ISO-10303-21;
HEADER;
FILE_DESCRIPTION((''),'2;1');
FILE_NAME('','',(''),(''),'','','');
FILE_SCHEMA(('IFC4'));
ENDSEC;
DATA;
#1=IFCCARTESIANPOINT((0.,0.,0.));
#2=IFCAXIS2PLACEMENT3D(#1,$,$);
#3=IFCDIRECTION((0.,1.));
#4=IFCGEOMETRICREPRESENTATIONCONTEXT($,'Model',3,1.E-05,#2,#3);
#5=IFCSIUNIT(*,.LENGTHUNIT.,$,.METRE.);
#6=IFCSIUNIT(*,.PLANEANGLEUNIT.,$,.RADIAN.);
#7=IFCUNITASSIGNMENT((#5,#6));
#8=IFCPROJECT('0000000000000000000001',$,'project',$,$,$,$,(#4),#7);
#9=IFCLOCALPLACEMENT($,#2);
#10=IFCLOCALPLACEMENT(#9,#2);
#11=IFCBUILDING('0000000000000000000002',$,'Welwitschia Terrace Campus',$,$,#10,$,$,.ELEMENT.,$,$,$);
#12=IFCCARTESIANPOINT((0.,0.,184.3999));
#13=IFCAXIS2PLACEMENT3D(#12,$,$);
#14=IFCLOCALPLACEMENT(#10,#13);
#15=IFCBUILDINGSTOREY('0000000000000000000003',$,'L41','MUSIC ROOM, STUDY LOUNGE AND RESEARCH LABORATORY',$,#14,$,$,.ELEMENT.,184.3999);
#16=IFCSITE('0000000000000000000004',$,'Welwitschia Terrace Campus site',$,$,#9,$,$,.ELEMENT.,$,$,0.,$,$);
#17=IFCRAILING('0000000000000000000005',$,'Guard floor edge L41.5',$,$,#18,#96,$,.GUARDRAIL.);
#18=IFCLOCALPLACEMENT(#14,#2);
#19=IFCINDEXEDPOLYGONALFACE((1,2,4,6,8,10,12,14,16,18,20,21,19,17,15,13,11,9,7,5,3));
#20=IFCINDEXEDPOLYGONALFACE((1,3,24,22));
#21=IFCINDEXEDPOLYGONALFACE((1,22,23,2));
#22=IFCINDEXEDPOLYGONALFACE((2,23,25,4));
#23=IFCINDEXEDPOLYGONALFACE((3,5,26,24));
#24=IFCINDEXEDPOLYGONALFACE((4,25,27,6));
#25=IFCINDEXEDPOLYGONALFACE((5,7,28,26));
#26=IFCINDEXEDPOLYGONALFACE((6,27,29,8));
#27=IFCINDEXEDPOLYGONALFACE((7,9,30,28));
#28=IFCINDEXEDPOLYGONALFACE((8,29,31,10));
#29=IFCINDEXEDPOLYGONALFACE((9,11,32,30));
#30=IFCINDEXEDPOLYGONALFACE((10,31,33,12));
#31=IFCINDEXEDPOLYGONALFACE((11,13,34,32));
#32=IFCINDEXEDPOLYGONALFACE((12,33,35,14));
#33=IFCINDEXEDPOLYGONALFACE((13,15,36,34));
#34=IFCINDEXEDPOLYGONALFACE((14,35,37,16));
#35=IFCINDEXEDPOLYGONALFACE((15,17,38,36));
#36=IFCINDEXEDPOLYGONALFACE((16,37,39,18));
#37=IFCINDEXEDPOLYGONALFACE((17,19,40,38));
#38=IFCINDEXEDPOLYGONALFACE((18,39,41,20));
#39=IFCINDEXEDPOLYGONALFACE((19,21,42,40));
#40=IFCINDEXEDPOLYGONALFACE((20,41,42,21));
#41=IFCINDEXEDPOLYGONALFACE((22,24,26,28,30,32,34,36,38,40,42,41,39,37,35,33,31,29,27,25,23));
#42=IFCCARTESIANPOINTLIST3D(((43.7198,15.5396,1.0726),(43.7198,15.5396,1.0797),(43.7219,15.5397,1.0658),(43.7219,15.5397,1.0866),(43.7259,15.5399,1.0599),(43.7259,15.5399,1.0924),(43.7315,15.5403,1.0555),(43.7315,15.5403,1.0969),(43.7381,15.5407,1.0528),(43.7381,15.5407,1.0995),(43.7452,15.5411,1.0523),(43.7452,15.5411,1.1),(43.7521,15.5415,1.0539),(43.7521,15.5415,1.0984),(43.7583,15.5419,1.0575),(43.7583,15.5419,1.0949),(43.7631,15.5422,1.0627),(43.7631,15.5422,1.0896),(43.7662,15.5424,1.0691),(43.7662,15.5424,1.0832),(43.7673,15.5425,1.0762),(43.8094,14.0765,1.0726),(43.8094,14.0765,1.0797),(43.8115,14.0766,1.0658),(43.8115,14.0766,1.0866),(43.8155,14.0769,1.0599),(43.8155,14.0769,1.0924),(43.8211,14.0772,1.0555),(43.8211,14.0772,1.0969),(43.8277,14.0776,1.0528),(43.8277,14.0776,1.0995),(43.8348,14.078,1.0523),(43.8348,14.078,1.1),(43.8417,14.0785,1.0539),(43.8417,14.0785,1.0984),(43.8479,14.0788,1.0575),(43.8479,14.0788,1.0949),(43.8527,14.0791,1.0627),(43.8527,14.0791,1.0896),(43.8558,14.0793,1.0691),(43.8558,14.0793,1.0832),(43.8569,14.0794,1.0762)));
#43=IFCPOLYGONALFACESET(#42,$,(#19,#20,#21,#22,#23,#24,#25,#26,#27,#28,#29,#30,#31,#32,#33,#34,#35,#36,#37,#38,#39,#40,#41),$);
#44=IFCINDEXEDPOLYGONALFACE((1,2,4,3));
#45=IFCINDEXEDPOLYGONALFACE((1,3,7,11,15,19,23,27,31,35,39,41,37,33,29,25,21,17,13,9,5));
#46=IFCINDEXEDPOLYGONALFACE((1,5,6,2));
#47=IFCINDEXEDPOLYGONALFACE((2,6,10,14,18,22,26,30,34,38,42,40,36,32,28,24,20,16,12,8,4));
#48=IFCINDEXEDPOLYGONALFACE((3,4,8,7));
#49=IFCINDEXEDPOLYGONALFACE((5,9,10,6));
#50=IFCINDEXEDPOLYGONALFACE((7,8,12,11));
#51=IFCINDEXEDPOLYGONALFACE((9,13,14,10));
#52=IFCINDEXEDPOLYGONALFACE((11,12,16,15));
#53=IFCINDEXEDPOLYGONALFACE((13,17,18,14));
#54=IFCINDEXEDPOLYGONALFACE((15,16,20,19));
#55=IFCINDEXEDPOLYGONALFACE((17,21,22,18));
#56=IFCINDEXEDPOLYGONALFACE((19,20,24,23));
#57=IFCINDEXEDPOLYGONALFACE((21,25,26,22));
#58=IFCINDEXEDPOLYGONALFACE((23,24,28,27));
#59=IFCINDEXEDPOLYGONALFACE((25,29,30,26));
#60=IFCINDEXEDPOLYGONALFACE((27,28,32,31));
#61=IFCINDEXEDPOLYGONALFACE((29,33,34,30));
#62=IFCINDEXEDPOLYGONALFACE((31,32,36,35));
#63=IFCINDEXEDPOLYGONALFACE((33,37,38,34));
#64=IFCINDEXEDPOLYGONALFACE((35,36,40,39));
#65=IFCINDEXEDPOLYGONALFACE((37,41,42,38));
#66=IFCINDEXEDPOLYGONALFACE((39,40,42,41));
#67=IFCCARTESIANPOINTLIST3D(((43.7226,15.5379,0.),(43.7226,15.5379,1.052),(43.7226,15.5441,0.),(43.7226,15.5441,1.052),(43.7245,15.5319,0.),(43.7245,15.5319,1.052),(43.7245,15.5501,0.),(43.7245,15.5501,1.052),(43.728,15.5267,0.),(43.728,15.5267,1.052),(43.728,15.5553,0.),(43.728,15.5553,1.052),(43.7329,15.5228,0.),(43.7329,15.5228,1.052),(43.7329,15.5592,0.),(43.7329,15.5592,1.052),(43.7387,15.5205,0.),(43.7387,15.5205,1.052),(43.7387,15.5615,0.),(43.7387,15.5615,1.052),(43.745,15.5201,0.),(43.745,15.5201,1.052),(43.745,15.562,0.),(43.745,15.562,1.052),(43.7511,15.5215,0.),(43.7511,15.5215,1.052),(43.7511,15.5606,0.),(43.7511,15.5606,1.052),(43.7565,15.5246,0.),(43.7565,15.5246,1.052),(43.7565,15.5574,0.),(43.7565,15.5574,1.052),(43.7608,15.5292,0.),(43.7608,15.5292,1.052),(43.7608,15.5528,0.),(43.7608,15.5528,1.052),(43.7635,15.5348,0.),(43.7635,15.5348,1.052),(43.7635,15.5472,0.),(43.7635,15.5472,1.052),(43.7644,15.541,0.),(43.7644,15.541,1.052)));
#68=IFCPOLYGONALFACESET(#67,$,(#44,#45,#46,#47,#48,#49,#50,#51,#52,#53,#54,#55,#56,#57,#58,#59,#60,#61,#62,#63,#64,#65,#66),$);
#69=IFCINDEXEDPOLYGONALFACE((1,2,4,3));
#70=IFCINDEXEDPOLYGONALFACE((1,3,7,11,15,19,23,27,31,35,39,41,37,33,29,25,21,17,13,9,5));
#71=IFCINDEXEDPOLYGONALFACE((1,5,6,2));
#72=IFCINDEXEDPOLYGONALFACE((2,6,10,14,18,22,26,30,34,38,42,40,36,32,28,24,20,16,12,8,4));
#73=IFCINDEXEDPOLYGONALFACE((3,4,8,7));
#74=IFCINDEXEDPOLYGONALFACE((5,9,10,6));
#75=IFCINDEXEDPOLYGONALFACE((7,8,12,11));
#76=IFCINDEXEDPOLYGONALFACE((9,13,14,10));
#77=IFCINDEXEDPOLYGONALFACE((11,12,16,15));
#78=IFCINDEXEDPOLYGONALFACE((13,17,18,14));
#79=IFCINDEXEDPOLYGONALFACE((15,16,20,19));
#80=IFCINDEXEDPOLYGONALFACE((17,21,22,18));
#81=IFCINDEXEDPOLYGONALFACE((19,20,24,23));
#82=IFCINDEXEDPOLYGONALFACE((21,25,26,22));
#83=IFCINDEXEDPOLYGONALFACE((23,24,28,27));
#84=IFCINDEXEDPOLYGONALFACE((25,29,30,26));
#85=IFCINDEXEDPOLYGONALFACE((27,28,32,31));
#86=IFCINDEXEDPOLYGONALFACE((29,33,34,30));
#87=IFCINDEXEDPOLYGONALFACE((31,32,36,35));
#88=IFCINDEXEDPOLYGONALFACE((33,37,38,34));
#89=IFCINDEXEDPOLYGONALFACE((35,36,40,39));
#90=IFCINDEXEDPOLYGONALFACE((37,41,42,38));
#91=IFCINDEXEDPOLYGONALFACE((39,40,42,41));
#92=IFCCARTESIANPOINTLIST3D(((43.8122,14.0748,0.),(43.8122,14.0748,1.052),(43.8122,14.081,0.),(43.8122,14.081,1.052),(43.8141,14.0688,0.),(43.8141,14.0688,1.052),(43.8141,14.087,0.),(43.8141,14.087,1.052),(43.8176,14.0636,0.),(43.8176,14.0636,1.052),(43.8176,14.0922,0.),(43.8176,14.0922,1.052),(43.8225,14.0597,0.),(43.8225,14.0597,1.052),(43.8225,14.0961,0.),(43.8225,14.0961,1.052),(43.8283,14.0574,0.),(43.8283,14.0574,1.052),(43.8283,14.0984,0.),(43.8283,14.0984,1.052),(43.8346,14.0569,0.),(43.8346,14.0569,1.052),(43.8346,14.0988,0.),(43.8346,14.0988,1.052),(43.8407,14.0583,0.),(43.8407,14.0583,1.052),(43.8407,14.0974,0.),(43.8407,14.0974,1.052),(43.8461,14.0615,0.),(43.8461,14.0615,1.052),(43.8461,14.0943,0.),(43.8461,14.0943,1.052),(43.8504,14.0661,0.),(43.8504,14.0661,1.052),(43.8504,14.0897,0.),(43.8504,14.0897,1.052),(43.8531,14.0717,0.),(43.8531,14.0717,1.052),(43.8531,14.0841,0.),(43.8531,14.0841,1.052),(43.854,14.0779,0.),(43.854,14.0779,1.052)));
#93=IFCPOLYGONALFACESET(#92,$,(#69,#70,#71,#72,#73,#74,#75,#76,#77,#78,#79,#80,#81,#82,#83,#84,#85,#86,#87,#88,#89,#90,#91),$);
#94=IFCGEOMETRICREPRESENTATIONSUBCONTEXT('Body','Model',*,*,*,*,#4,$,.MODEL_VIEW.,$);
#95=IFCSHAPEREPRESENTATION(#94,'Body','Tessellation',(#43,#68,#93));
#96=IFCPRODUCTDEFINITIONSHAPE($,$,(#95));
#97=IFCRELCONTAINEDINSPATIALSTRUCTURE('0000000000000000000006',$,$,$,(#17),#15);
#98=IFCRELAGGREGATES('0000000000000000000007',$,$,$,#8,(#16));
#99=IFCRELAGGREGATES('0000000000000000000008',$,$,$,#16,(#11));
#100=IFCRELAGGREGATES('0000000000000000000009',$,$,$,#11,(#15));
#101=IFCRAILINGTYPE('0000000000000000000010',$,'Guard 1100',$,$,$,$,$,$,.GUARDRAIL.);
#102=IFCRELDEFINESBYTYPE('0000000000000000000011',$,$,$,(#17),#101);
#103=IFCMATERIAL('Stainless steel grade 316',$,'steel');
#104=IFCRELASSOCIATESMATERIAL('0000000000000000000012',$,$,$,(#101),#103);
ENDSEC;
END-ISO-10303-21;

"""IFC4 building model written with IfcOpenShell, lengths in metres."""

from ifc_helpers import new_model, si_unit, direction, frame, origin, origin_2d, place, context, subcontext, project, spatial, circle, extrude, material, type_object, element, save


model = new_model("IFC4")

# Units and contexts
model_context = context("Model", 3, precision=1e-05, world=origin(), true_north=direction((0.0, 1.0)))
body_context = subcontext(model_context, "Body", "Model", "MODEL_VIEW")
ifc_project = project(units=[si_unit("LENGTHUNIT", "METRE"), si_unit("PLANEANGLEUNIT", "RADIAN")], contexts=[model_context])

# Site, building, storey
site_placement = place(None, origin())
site = spatial("IfcSite", under=ifc_project, at=site_placement, Name="Welwitschia Terrace Campus site", CompositionType="ELEMENT", RefElevation=0.0)
building_placement = place(site_placement, origin())
building = spatial("IfcBuilding", under=site, at=building_placement, Name="Welwitschia Terrace Campus", CompositionType="ELEMENT")
storey_placement = place(building_placement, frame((0.0, 0.0, 184.3999)))
storey = spatial("IfcBuildingStorey", under=building, at=storey_placement, Name="L41", Description="MUSIC ROOM, STUDY LOUNGE AND RESEARCH LABORATORY", CompositionType="ELEMENT", Elevation=184.3999)

# Railing
ifc_material_1 = material(Name="Stainless steel grade 316", Category="steel")
railing_type = type_object("IfcRailingType", Name="Guard 1100", PredefinedType="GUARDRAIL", material=ifc_material_1)
railing_1_placement = place(storey_placement, frame((43.7434, 15.541, 0.0)))
element("IfcRailing", 1, at=railing_1_placement, inside=storey, type_object=railing_type, Name="Guard floor edge L41.5", PredefinedType="GUARDRAIL", context=body_context, shape_type="SweptSolid", body=[
    extrude(circle(Radius=0.0239, at=origin_2d()), frame((0.0, 0.0, 1.0762), z_axis=(0.061124, -0.99813, 0.0), x_axis=(0.99813, 0.061124, 0.0)), (0.0, 0.0, 1.0), 1.4658),
    extrude(circle(Radius=0.021, at=origin_2d()), origin(), (0.0, 0.0, 1.0), 1.052),
    extrude(circle(Radius=0.021, at=origin_2d()), frame((0.0896, -1.4631, 0.0)), (0.0, 0.0, 1.0), 1.052),
])

save(model, "model.ifc")
